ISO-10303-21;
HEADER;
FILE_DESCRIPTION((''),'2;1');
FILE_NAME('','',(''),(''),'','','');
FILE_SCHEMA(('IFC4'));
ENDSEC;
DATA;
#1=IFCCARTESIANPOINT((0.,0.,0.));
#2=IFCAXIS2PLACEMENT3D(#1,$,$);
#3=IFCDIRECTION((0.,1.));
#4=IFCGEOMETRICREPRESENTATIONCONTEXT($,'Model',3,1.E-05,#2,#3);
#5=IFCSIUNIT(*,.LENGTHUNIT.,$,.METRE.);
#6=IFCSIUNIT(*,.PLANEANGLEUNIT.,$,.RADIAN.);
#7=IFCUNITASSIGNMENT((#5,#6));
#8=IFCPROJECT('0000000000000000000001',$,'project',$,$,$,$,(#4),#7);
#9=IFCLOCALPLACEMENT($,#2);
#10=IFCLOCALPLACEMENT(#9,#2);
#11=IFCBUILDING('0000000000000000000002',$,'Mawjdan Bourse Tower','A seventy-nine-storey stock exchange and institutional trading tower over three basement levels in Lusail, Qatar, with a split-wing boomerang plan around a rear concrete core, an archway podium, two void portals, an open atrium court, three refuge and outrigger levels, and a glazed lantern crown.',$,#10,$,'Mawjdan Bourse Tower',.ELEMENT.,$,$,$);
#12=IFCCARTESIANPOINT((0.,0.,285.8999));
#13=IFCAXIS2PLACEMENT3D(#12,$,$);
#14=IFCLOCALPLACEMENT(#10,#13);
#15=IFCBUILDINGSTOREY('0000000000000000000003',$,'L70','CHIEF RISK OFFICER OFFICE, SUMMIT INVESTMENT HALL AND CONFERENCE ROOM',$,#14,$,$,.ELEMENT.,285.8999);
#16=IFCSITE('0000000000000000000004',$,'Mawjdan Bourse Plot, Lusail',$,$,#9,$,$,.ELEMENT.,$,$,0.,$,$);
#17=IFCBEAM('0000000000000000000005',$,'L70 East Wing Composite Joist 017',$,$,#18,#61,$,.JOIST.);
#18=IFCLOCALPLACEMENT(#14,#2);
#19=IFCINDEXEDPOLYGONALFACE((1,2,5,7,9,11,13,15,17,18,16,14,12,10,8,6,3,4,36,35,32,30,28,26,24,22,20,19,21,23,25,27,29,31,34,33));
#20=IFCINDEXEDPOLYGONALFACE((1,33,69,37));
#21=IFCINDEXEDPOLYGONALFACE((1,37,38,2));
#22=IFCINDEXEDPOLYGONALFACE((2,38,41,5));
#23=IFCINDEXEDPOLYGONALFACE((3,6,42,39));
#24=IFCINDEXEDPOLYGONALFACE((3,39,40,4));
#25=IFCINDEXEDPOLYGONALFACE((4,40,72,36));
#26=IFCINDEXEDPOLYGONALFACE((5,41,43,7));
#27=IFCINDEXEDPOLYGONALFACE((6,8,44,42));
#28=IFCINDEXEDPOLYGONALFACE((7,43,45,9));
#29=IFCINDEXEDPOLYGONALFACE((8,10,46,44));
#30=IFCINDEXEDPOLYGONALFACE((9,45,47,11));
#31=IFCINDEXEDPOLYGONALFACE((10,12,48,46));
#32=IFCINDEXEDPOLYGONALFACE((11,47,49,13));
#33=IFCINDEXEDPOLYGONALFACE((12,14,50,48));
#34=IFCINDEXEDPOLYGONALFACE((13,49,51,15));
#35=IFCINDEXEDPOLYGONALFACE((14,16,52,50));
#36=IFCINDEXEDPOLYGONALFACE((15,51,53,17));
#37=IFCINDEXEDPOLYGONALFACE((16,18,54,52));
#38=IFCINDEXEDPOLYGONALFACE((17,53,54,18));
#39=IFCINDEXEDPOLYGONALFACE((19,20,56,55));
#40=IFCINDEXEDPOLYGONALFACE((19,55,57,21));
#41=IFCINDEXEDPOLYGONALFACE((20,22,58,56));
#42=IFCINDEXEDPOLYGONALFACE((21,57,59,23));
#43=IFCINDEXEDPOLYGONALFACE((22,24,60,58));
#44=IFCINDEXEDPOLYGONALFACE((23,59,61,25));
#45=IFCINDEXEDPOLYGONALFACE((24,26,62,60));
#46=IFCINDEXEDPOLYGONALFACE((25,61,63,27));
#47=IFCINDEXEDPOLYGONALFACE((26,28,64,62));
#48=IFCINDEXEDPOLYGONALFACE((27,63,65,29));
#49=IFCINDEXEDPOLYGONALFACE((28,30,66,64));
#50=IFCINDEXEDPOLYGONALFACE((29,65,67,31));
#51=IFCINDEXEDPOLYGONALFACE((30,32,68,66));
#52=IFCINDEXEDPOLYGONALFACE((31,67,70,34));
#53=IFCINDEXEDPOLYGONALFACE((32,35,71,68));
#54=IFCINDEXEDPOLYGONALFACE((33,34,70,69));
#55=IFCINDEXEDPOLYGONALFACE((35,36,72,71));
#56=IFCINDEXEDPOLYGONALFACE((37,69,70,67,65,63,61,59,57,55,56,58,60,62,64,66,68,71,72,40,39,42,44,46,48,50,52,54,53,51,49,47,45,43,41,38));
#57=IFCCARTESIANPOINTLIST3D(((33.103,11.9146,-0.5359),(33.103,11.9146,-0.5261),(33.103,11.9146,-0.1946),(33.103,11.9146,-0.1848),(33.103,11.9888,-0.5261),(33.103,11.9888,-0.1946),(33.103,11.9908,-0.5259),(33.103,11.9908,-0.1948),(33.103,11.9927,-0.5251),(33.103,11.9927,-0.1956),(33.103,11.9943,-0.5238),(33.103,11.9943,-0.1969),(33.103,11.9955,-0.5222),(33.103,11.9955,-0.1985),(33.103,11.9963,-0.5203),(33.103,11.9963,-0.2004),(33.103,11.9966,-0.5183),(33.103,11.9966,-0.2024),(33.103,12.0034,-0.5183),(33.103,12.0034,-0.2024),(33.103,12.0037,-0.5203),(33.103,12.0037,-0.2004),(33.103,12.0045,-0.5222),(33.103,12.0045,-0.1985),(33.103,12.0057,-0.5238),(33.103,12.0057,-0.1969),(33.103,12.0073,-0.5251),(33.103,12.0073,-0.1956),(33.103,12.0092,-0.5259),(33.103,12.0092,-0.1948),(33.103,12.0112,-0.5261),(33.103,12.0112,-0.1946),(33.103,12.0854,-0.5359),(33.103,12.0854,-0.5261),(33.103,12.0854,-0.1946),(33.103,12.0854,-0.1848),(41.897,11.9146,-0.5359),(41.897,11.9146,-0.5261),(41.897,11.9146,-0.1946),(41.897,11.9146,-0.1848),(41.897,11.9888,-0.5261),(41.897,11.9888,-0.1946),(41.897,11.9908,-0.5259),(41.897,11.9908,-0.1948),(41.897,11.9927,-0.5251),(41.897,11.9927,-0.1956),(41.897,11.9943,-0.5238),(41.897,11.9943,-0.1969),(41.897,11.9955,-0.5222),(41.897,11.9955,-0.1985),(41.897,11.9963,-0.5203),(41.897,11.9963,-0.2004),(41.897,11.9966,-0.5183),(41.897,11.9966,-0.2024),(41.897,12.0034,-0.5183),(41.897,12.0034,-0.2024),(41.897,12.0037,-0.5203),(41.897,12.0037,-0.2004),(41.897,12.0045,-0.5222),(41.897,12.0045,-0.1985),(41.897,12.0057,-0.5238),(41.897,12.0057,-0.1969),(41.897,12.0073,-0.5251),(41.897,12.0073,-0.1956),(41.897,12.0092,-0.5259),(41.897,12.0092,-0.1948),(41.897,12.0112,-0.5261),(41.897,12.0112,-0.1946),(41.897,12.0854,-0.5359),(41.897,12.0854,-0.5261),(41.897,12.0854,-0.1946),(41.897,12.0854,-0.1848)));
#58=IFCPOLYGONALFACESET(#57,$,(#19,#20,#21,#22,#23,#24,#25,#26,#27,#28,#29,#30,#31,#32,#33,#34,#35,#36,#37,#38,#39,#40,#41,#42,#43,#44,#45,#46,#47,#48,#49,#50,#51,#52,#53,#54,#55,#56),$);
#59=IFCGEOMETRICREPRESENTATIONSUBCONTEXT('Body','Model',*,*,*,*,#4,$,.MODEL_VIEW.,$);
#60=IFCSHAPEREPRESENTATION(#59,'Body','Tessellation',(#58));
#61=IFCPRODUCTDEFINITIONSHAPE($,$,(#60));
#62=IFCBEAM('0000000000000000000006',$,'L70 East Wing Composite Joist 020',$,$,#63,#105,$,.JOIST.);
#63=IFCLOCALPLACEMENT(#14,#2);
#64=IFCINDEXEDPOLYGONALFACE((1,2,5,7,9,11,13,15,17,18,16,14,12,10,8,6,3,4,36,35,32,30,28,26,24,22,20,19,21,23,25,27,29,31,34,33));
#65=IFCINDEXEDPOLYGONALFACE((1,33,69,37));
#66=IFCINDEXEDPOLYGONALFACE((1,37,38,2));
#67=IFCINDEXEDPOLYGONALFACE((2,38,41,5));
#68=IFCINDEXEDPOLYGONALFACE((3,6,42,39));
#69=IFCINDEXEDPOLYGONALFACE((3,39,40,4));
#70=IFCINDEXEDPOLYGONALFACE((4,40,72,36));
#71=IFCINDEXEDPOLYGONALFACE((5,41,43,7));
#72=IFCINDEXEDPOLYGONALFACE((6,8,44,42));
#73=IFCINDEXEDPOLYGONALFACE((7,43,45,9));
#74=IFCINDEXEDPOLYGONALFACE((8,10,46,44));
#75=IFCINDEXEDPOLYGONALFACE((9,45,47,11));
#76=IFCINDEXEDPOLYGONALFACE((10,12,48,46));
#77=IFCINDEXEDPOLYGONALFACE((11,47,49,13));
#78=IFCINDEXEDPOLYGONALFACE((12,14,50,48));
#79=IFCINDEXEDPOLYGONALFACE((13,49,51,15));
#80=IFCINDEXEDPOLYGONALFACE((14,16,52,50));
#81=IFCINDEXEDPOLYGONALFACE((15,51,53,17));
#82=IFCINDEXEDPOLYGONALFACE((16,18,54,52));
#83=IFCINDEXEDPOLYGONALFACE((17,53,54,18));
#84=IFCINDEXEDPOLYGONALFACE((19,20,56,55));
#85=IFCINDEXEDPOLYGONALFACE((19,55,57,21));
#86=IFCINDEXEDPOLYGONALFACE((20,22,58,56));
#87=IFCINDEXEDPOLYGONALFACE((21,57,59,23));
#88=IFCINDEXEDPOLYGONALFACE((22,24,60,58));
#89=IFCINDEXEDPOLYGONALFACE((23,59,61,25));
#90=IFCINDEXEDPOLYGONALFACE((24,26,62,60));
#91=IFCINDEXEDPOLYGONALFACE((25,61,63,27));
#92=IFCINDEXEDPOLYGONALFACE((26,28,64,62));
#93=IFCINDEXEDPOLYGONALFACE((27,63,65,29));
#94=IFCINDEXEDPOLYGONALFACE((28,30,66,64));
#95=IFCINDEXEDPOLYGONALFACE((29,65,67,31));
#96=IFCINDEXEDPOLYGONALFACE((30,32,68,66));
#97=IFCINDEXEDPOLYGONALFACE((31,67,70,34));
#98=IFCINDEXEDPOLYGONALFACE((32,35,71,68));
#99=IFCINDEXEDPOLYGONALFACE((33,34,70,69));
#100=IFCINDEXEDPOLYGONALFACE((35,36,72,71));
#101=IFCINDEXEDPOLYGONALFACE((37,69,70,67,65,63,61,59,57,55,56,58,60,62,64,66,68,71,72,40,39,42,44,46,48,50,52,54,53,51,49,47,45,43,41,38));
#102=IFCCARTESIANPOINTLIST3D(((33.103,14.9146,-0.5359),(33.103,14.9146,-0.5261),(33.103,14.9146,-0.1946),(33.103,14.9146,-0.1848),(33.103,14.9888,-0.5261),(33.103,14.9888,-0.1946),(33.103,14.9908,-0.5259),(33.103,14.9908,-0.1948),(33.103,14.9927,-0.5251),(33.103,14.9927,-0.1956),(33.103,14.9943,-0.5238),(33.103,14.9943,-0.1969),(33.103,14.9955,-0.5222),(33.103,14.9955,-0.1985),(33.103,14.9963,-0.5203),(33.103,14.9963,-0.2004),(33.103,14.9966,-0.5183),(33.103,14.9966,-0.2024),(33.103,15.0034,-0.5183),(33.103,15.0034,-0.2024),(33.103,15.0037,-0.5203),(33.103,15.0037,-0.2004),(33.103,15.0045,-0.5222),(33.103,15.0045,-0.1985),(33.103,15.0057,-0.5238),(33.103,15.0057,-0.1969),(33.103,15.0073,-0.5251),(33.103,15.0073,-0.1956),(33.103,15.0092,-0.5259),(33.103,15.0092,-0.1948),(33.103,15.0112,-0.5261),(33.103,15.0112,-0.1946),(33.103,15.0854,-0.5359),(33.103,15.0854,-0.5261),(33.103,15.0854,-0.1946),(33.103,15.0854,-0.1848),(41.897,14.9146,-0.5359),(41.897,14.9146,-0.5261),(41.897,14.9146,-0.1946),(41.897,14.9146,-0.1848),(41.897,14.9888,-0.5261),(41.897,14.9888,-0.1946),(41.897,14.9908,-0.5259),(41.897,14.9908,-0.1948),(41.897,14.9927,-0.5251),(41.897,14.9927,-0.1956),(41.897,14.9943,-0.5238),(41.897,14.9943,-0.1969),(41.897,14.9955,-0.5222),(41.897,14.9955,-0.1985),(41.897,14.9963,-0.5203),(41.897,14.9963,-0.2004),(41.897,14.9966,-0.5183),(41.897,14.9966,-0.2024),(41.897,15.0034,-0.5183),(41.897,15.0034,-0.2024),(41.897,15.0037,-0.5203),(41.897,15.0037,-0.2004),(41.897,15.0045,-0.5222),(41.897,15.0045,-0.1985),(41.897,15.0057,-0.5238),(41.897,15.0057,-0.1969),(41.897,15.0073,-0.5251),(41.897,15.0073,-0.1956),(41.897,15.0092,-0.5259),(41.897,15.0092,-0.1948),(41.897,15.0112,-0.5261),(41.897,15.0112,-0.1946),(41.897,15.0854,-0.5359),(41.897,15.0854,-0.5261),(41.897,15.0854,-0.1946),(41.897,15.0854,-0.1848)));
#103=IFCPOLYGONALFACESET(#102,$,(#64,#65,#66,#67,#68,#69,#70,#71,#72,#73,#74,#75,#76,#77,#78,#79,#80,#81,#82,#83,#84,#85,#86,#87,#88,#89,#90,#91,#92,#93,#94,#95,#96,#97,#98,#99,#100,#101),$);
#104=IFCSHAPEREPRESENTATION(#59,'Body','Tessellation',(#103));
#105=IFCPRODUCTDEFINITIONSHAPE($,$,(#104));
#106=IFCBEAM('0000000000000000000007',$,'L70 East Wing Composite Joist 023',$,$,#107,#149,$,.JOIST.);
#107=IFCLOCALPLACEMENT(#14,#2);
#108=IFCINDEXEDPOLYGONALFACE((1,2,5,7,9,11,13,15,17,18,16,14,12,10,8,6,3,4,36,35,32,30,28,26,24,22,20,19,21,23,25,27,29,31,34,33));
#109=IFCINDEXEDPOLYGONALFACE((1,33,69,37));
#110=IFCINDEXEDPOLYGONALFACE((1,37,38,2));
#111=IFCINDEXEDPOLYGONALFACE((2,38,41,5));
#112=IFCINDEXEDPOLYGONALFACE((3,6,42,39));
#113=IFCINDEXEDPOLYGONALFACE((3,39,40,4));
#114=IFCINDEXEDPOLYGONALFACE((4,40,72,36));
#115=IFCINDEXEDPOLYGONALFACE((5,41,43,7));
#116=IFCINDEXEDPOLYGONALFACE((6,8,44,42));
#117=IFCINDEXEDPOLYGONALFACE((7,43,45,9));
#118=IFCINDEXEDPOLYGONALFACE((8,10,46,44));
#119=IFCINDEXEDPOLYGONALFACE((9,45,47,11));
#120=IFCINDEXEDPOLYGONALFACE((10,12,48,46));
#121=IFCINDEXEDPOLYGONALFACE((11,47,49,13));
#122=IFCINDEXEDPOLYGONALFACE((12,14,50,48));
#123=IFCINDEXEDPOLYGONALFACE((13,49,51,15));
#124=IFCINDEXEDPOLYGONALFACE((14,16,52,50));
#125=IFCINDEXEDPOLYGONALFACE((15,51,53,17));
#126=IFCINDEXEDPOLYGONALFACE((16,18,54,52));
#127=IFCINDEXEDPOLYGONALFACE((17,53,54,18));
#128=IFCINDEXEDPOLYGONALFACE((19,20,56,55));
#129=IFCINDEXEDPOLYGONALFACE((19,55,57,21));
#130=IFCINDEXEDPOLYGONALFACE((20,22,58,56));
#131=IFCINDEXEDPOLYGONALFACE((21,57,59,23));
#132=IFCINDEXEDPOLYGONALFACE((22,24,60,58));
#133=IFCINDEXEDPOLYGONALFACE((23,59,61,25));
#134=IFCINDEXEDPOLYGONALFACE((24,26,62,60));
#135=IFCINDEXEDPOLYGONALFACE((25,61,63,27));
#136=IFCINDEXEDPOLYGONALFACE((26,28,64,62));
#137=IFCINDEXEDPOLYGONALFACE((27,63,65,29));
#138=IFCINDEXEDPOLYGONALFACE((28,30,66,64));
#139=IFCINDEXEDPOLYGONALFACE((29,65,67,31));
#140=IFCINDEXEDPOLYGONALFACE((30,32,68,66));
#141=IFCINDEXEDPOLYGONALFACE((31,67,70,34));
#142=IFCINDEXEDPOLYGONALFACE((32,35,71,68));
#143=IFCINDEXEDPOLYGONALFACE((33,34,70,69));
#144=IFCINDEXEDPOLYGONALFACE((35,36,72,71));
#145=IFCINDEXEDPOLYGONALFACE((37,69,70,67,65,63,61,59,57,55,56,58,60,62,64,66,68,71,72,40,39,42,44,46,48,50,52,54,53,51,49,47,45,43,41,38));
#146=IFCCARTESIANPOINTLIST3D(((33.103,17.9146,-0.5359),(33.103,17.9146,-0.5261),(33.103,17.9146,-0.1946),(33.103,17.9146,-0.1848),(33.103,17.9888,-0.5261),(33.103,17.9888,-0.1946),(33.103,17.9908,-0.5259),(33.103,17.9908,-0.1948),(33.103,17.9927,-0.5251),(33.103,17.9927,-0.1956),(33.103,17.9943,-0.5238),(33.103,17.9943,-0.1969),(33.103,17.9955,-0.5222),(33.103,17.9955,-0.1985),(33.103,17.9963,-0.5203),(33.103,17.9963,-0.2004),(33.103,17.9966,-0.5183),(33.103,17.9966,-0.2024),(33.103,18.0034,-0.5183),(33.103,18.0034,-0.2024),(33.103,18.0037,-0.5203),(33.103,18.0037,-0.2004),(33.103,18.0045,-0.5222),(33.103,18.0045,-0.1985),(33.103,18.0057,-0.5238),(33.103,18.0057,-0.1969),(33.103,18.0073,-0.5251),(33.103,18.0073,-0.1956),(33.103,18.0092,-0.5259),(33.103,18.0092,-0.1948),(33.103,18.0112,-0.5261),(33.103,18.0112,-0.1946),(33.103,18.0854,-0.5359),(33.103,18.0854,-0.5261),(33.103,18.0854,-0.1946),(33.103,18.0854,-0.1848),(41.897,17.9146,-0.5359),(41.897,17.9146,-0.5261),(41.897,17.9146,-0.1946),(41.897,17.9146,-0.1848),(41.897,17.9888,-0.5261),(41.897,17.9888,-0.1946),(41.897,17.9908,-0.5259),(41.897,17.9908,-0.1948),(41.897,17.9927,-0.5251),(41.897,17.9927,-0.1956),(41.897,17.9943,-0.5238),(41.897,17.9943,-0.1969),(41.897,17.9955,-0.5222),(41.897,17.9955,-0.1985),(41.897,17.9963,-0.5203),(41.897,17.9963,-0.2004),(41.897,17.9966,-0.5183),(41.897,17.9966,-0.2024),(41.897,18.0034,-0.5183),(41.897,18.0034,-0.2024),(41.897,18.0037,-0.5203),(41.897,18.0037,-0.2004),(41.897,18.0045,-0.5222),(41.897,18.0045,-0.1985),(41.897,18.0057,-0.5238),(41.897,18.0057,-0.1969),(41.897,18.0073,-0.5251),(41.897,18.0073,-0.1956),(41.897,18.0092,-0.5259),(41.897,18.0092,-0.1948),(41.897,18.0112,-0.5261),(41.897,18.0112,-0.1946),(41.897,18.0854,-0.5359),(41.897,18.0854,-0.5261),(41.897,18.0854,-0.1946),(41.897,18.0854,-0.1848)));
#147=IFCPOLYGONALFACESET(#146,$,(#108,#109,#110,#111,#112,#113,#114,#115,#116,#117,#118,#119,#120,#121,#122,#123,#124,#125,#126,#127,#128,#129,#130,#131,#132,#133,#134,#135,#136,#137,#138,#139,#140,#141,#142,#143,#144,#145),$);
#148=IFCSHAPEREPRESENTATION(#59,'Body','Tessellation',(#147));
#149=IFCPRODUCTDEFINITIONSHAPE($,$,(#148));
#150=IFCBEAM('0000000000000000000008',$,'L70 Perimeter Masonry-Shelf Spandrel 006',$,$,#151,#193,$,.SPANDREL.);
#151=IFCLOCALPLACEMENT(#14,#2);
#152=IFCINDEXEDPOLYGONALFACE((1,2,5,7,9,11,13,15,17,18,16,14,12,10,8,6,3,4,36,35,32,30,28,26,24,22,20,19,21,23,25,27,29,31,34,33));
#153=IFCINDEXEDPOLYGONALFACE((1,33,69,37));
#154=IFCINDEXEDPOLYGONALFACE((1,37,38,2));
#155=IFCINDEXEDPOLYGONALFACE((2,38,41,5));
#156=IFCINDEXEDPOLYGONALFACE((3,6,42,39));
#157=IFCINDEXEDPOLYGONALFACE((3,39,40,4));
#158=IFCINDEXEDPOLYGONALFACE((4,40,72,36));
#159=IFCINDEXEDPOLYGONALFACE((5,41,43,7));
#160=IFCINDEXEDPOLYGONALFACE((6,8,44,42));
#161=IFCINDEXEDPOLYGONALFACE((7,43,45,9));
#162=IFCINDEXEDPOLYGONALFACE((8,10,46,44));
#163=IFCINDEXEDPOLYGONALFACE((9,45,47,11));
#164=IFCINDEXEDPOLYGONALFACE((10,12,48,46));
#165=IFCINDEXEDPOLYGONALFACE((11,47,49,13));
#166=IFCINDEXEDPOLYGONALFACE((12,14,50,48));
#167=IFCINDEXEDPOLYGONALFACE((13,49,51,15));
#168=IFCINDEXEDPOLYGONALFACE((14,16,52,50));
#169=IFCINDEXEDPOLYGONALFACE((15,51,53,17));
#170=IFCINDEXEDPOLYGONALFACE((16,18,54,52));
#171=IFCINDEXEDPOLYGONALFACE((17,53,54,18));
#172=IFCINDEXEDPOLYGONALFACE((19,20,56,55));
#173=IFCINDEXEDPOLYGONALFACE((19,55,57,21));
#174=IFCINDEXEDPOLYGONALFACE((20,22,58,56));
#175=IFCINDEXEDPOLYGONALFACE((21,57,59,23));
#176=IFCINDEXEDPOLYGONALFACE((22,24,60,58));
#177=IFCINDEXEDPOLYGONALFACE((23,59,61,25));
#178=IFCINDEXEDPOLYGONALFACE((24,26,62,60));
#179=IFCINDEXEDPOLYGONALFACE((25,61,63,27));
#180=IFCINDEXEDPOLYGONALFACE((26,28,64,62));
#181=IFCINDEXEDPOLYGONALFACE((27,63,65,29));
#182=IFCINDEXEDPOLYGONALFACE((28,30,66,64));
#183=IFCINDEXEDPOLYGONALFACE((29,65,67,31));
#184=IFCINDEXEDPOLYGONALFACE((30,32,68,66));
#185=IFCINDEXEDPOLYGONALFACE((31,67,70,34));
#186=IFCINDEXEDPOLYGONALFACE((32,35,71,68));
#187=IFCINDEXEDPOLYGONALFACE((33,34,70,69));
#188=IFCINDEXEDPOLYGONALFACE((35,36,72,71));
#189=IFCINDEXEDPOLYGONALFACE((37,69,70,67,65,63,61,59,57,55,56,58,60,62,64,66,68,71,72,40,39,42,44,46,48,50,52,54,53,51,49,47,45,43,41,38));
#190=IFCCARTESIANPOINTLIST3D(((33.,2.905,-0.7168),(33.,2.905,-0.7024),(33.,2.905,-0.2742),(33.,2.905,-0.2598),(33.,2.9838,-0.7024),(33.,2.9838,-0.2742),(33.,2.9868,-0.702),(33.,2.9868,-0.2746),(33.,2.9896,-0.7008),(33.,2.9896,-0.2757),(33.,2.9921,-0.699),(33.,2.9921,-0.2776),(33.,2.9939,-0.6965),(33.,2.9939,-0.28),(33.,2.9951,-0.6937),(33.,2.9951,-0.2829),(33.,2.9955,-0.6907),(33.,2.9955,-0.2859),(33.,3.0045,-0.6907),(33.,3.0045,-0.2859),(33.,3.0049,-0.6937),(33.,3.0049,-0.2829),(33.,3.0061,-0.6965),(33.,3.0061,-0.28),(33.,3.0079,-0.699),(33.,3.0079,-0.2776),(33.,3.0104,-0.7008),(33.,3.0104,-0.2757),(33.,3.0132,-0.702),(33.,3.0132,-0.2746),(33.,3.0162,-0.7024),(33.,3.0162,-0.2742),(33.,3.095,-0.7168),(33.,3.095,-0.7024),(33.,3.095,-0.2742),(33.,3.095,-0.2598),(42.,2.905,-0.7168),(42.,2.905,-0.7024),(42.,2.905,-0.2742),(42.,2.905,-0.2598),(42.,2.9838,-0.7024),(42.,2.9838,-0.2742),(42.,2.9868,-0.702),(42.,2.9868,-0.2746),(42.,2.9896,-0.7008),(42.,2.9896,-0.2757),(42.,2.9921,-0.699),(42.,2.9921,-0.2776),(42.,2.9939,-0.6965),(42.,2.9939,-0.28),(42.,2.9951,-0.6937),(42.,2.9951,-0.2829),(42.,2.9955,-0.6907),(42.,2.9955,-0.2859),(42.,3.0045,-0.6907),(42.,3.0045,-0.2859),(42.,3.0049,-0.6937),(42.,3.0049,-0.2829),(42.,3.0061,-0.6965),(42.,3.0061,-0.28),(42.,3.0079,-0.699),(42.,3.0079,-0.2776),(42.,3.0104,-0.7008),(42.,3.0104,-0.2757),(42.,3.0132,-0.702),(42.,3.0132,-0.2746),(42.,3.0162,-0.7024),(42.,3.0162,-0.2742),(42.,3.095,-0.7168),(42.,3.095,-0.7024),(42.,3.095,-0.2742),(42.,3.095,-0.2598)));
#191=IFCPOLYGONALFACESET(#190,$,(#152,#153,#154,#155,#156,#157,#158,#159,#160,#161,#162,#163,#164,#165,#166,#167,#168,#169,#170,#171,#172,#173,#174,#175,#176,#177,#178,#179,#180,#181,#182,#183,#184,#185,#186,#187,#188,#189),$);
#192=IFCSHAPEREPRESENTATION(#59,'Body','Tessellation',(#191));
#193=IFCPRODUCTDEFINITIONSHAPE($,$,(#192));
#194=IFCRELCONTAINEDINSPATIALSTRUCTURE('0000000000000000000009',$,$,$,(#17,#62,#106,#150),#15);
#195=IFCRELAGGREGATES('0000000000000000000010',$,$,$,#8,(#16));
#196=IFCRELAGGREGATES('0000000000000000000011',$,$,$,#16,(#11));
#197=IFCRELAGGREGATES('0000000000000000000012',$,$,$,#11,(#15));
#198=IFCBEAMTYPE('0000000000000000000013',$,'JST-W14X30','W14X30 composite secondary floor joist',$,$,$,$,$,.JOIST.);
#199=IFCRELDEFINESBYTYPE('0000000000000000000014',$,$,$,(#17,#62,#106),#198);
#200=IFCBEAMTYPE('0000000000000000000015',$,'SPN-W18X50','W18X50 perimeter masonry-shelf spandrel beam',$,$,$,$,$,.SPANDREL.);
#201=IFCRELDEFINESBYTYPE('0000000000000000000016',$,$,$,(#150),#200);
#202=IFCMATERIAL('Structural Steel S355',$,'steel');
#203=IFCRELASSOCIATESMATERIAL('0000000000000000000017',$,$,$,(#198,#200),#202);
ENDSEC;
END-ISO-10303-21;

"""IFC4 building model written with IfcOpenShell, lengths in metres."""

from ifc_helpers import new_model, si_unit, direction, frame, origin, origin_2d, place, context, subcontext, project, spatial, i_section, extrude, material, material_profile, profile_set, type_object, element, save


model = new_model("IFC4")

# Units and contexts
model_context = context("Model", 3, precision=1e-05, world=origin(), true_north=direction((0.0, 1.0)))
body_context = subcontext(model_context, "Body", "Model", "MODEL_VIEW")
ifc_project = project(units=[si_unit("LENGTHUNIT", "METRE"), si_unit("PLANEANGLEUNIT", "RADIAN")], contexts=[model_context])

# Site, building, storey
site_placement = place(None, origin())
site = spatial("IfcSite", under=ifc_project, at=site_placement, Name="Mawjdan Bourse Plot, Lusail", CompositionType="ELEMENT", RefElevation=0.0)
building_placement = place(site_placement, origin())
building = spatial("IfcBuilding", under=site, at=building_placement, Name="Mawjdan Bourse Tower", Description="A seventy-nine-storey stock exchange and institutional trading tower over three basement levels in Lusail, Qatar, with a split-wing boomerang plan around a rear concrete core, an archway podium, two void portals, an open atrium court, three refuge and outrigger levels, and a glazed lantern crown.", LongName="Mawjdan Bourse Tower", CompositionType="ELEMENT")
storey_placement = place(building_placement, frame((0.0, 0.0, 285.8999)))
storey = spatial("IfcBuildingStorey", under=building, at=storey_placement, Name="L70", Description="CHIEF RISK OFFICER OFFICE, SUMMIT INVESTMENT HALL AND CONFERENCE ROOM", CompositionType="ELEMENT", Elevation=285.8999)

# Beams
ifc_material_1 = material(Name="Structural Steel S355", Category="steel")
ifc_material_profile_1 = material_profile(ifc_material_1, i_section(OverallWidth=0.1709, OverallDepth=0.3511, WebThickness=0.0068, FlangeThickness=0.0098, FilletRadius=0.0078, at=origin_2d()), Name="W14X30")
ifc_profile_set_1 = profile_set([ifc_material_profile_1], Name="Structural Steel S355")
beam_type_1 = type_object("IfcBeamType", Name="JST-W14X30", Description="W14X30 composite secondary floor joist", PredefinedType="JOIST", material=ifc_profile_set_1)
for number, where, z_axis, x_axis, name in (
    (1, (33.103, 12.0, -0.3604), (1.0, 0.0, 0.0), (0.0, 1.0, 0.0), "L70 East Wing Composite Joist 017"),
    (2, (33.103, 15.0, -0.3604), (1.0, 0.0, 0.0), (0.0, 1.0, 0.0), "L70 East Wing Composite Joist 020"),
    (3, (33.103, 18.0, -0.3604), (1.0, 0.0, 0.0), (0.0, 1.0, 0.0), "L70 East Wing Composite Joist 023"),
):
    element("IfcBeam", number, at=place(storey_placement, frame(where, z_axis=z_axis, x_axis=x_axis)), inside=storey, type_object=beam_type_1, Name=name, PredefinedType="JOIST", context=body_context, shape_type="SweptSolid", body=[
        extrude(i_section(OverallWidth=0.1709, OverallDepth=0.3511, WebThickness=0.0068, FlangeThickness=0.0098, FilletRadius=0.0078, at=origin_2d()), origin(), (0.0, 0.0, 1.0), 8.7939),
    ])
ifc_material_profile_2 = material_profile(ifc_material_1, i_section(OverallWidth=0.1899, OverallDepth=0.457, WebThickness=0.009, FlangeThickness=0.0144, FilletRadius=0.0117, at=origin_2d()), Name="W18X50")
ifc_profile_set_2 = profile_set([ifc_material_profile_2], Name="Structural Steel S355")
beam_type_2 = type_object("IfcBeamType", Name="SPN-W18X50", Description="W18X50 perimeter masonry-shelf spandrel beam", PredefinedType="SPANDREL", material=ifc_profile_set_2)
beam_1_placement = place(storey_placement, frame((33.0, 3.0, -0.4883), z_axis=(1.0, 0.0, 0.0), x_axis=(0.0, 1.0, 0.0)))
element("IfcBeam", 4, at=beam_1_placement, inside=storey, type_object=beam_type_2, Name="L70 Perimeter Masonry-Shelf Spandrel 006", PredefinedType="SPANDREL", context=body_context, shape_type="SweptSolid", body=[
    extrude(i_section(OverallWidth=0.1899, OverallDepth=0.457, WebThickness=0.009, FlangeThickness=0.0144, FilletRadius=0.0117, at=origin_2d()), origin(), (0.0, 0.0, 1.0), 9.0),
])

save(model, "model.ifc")
